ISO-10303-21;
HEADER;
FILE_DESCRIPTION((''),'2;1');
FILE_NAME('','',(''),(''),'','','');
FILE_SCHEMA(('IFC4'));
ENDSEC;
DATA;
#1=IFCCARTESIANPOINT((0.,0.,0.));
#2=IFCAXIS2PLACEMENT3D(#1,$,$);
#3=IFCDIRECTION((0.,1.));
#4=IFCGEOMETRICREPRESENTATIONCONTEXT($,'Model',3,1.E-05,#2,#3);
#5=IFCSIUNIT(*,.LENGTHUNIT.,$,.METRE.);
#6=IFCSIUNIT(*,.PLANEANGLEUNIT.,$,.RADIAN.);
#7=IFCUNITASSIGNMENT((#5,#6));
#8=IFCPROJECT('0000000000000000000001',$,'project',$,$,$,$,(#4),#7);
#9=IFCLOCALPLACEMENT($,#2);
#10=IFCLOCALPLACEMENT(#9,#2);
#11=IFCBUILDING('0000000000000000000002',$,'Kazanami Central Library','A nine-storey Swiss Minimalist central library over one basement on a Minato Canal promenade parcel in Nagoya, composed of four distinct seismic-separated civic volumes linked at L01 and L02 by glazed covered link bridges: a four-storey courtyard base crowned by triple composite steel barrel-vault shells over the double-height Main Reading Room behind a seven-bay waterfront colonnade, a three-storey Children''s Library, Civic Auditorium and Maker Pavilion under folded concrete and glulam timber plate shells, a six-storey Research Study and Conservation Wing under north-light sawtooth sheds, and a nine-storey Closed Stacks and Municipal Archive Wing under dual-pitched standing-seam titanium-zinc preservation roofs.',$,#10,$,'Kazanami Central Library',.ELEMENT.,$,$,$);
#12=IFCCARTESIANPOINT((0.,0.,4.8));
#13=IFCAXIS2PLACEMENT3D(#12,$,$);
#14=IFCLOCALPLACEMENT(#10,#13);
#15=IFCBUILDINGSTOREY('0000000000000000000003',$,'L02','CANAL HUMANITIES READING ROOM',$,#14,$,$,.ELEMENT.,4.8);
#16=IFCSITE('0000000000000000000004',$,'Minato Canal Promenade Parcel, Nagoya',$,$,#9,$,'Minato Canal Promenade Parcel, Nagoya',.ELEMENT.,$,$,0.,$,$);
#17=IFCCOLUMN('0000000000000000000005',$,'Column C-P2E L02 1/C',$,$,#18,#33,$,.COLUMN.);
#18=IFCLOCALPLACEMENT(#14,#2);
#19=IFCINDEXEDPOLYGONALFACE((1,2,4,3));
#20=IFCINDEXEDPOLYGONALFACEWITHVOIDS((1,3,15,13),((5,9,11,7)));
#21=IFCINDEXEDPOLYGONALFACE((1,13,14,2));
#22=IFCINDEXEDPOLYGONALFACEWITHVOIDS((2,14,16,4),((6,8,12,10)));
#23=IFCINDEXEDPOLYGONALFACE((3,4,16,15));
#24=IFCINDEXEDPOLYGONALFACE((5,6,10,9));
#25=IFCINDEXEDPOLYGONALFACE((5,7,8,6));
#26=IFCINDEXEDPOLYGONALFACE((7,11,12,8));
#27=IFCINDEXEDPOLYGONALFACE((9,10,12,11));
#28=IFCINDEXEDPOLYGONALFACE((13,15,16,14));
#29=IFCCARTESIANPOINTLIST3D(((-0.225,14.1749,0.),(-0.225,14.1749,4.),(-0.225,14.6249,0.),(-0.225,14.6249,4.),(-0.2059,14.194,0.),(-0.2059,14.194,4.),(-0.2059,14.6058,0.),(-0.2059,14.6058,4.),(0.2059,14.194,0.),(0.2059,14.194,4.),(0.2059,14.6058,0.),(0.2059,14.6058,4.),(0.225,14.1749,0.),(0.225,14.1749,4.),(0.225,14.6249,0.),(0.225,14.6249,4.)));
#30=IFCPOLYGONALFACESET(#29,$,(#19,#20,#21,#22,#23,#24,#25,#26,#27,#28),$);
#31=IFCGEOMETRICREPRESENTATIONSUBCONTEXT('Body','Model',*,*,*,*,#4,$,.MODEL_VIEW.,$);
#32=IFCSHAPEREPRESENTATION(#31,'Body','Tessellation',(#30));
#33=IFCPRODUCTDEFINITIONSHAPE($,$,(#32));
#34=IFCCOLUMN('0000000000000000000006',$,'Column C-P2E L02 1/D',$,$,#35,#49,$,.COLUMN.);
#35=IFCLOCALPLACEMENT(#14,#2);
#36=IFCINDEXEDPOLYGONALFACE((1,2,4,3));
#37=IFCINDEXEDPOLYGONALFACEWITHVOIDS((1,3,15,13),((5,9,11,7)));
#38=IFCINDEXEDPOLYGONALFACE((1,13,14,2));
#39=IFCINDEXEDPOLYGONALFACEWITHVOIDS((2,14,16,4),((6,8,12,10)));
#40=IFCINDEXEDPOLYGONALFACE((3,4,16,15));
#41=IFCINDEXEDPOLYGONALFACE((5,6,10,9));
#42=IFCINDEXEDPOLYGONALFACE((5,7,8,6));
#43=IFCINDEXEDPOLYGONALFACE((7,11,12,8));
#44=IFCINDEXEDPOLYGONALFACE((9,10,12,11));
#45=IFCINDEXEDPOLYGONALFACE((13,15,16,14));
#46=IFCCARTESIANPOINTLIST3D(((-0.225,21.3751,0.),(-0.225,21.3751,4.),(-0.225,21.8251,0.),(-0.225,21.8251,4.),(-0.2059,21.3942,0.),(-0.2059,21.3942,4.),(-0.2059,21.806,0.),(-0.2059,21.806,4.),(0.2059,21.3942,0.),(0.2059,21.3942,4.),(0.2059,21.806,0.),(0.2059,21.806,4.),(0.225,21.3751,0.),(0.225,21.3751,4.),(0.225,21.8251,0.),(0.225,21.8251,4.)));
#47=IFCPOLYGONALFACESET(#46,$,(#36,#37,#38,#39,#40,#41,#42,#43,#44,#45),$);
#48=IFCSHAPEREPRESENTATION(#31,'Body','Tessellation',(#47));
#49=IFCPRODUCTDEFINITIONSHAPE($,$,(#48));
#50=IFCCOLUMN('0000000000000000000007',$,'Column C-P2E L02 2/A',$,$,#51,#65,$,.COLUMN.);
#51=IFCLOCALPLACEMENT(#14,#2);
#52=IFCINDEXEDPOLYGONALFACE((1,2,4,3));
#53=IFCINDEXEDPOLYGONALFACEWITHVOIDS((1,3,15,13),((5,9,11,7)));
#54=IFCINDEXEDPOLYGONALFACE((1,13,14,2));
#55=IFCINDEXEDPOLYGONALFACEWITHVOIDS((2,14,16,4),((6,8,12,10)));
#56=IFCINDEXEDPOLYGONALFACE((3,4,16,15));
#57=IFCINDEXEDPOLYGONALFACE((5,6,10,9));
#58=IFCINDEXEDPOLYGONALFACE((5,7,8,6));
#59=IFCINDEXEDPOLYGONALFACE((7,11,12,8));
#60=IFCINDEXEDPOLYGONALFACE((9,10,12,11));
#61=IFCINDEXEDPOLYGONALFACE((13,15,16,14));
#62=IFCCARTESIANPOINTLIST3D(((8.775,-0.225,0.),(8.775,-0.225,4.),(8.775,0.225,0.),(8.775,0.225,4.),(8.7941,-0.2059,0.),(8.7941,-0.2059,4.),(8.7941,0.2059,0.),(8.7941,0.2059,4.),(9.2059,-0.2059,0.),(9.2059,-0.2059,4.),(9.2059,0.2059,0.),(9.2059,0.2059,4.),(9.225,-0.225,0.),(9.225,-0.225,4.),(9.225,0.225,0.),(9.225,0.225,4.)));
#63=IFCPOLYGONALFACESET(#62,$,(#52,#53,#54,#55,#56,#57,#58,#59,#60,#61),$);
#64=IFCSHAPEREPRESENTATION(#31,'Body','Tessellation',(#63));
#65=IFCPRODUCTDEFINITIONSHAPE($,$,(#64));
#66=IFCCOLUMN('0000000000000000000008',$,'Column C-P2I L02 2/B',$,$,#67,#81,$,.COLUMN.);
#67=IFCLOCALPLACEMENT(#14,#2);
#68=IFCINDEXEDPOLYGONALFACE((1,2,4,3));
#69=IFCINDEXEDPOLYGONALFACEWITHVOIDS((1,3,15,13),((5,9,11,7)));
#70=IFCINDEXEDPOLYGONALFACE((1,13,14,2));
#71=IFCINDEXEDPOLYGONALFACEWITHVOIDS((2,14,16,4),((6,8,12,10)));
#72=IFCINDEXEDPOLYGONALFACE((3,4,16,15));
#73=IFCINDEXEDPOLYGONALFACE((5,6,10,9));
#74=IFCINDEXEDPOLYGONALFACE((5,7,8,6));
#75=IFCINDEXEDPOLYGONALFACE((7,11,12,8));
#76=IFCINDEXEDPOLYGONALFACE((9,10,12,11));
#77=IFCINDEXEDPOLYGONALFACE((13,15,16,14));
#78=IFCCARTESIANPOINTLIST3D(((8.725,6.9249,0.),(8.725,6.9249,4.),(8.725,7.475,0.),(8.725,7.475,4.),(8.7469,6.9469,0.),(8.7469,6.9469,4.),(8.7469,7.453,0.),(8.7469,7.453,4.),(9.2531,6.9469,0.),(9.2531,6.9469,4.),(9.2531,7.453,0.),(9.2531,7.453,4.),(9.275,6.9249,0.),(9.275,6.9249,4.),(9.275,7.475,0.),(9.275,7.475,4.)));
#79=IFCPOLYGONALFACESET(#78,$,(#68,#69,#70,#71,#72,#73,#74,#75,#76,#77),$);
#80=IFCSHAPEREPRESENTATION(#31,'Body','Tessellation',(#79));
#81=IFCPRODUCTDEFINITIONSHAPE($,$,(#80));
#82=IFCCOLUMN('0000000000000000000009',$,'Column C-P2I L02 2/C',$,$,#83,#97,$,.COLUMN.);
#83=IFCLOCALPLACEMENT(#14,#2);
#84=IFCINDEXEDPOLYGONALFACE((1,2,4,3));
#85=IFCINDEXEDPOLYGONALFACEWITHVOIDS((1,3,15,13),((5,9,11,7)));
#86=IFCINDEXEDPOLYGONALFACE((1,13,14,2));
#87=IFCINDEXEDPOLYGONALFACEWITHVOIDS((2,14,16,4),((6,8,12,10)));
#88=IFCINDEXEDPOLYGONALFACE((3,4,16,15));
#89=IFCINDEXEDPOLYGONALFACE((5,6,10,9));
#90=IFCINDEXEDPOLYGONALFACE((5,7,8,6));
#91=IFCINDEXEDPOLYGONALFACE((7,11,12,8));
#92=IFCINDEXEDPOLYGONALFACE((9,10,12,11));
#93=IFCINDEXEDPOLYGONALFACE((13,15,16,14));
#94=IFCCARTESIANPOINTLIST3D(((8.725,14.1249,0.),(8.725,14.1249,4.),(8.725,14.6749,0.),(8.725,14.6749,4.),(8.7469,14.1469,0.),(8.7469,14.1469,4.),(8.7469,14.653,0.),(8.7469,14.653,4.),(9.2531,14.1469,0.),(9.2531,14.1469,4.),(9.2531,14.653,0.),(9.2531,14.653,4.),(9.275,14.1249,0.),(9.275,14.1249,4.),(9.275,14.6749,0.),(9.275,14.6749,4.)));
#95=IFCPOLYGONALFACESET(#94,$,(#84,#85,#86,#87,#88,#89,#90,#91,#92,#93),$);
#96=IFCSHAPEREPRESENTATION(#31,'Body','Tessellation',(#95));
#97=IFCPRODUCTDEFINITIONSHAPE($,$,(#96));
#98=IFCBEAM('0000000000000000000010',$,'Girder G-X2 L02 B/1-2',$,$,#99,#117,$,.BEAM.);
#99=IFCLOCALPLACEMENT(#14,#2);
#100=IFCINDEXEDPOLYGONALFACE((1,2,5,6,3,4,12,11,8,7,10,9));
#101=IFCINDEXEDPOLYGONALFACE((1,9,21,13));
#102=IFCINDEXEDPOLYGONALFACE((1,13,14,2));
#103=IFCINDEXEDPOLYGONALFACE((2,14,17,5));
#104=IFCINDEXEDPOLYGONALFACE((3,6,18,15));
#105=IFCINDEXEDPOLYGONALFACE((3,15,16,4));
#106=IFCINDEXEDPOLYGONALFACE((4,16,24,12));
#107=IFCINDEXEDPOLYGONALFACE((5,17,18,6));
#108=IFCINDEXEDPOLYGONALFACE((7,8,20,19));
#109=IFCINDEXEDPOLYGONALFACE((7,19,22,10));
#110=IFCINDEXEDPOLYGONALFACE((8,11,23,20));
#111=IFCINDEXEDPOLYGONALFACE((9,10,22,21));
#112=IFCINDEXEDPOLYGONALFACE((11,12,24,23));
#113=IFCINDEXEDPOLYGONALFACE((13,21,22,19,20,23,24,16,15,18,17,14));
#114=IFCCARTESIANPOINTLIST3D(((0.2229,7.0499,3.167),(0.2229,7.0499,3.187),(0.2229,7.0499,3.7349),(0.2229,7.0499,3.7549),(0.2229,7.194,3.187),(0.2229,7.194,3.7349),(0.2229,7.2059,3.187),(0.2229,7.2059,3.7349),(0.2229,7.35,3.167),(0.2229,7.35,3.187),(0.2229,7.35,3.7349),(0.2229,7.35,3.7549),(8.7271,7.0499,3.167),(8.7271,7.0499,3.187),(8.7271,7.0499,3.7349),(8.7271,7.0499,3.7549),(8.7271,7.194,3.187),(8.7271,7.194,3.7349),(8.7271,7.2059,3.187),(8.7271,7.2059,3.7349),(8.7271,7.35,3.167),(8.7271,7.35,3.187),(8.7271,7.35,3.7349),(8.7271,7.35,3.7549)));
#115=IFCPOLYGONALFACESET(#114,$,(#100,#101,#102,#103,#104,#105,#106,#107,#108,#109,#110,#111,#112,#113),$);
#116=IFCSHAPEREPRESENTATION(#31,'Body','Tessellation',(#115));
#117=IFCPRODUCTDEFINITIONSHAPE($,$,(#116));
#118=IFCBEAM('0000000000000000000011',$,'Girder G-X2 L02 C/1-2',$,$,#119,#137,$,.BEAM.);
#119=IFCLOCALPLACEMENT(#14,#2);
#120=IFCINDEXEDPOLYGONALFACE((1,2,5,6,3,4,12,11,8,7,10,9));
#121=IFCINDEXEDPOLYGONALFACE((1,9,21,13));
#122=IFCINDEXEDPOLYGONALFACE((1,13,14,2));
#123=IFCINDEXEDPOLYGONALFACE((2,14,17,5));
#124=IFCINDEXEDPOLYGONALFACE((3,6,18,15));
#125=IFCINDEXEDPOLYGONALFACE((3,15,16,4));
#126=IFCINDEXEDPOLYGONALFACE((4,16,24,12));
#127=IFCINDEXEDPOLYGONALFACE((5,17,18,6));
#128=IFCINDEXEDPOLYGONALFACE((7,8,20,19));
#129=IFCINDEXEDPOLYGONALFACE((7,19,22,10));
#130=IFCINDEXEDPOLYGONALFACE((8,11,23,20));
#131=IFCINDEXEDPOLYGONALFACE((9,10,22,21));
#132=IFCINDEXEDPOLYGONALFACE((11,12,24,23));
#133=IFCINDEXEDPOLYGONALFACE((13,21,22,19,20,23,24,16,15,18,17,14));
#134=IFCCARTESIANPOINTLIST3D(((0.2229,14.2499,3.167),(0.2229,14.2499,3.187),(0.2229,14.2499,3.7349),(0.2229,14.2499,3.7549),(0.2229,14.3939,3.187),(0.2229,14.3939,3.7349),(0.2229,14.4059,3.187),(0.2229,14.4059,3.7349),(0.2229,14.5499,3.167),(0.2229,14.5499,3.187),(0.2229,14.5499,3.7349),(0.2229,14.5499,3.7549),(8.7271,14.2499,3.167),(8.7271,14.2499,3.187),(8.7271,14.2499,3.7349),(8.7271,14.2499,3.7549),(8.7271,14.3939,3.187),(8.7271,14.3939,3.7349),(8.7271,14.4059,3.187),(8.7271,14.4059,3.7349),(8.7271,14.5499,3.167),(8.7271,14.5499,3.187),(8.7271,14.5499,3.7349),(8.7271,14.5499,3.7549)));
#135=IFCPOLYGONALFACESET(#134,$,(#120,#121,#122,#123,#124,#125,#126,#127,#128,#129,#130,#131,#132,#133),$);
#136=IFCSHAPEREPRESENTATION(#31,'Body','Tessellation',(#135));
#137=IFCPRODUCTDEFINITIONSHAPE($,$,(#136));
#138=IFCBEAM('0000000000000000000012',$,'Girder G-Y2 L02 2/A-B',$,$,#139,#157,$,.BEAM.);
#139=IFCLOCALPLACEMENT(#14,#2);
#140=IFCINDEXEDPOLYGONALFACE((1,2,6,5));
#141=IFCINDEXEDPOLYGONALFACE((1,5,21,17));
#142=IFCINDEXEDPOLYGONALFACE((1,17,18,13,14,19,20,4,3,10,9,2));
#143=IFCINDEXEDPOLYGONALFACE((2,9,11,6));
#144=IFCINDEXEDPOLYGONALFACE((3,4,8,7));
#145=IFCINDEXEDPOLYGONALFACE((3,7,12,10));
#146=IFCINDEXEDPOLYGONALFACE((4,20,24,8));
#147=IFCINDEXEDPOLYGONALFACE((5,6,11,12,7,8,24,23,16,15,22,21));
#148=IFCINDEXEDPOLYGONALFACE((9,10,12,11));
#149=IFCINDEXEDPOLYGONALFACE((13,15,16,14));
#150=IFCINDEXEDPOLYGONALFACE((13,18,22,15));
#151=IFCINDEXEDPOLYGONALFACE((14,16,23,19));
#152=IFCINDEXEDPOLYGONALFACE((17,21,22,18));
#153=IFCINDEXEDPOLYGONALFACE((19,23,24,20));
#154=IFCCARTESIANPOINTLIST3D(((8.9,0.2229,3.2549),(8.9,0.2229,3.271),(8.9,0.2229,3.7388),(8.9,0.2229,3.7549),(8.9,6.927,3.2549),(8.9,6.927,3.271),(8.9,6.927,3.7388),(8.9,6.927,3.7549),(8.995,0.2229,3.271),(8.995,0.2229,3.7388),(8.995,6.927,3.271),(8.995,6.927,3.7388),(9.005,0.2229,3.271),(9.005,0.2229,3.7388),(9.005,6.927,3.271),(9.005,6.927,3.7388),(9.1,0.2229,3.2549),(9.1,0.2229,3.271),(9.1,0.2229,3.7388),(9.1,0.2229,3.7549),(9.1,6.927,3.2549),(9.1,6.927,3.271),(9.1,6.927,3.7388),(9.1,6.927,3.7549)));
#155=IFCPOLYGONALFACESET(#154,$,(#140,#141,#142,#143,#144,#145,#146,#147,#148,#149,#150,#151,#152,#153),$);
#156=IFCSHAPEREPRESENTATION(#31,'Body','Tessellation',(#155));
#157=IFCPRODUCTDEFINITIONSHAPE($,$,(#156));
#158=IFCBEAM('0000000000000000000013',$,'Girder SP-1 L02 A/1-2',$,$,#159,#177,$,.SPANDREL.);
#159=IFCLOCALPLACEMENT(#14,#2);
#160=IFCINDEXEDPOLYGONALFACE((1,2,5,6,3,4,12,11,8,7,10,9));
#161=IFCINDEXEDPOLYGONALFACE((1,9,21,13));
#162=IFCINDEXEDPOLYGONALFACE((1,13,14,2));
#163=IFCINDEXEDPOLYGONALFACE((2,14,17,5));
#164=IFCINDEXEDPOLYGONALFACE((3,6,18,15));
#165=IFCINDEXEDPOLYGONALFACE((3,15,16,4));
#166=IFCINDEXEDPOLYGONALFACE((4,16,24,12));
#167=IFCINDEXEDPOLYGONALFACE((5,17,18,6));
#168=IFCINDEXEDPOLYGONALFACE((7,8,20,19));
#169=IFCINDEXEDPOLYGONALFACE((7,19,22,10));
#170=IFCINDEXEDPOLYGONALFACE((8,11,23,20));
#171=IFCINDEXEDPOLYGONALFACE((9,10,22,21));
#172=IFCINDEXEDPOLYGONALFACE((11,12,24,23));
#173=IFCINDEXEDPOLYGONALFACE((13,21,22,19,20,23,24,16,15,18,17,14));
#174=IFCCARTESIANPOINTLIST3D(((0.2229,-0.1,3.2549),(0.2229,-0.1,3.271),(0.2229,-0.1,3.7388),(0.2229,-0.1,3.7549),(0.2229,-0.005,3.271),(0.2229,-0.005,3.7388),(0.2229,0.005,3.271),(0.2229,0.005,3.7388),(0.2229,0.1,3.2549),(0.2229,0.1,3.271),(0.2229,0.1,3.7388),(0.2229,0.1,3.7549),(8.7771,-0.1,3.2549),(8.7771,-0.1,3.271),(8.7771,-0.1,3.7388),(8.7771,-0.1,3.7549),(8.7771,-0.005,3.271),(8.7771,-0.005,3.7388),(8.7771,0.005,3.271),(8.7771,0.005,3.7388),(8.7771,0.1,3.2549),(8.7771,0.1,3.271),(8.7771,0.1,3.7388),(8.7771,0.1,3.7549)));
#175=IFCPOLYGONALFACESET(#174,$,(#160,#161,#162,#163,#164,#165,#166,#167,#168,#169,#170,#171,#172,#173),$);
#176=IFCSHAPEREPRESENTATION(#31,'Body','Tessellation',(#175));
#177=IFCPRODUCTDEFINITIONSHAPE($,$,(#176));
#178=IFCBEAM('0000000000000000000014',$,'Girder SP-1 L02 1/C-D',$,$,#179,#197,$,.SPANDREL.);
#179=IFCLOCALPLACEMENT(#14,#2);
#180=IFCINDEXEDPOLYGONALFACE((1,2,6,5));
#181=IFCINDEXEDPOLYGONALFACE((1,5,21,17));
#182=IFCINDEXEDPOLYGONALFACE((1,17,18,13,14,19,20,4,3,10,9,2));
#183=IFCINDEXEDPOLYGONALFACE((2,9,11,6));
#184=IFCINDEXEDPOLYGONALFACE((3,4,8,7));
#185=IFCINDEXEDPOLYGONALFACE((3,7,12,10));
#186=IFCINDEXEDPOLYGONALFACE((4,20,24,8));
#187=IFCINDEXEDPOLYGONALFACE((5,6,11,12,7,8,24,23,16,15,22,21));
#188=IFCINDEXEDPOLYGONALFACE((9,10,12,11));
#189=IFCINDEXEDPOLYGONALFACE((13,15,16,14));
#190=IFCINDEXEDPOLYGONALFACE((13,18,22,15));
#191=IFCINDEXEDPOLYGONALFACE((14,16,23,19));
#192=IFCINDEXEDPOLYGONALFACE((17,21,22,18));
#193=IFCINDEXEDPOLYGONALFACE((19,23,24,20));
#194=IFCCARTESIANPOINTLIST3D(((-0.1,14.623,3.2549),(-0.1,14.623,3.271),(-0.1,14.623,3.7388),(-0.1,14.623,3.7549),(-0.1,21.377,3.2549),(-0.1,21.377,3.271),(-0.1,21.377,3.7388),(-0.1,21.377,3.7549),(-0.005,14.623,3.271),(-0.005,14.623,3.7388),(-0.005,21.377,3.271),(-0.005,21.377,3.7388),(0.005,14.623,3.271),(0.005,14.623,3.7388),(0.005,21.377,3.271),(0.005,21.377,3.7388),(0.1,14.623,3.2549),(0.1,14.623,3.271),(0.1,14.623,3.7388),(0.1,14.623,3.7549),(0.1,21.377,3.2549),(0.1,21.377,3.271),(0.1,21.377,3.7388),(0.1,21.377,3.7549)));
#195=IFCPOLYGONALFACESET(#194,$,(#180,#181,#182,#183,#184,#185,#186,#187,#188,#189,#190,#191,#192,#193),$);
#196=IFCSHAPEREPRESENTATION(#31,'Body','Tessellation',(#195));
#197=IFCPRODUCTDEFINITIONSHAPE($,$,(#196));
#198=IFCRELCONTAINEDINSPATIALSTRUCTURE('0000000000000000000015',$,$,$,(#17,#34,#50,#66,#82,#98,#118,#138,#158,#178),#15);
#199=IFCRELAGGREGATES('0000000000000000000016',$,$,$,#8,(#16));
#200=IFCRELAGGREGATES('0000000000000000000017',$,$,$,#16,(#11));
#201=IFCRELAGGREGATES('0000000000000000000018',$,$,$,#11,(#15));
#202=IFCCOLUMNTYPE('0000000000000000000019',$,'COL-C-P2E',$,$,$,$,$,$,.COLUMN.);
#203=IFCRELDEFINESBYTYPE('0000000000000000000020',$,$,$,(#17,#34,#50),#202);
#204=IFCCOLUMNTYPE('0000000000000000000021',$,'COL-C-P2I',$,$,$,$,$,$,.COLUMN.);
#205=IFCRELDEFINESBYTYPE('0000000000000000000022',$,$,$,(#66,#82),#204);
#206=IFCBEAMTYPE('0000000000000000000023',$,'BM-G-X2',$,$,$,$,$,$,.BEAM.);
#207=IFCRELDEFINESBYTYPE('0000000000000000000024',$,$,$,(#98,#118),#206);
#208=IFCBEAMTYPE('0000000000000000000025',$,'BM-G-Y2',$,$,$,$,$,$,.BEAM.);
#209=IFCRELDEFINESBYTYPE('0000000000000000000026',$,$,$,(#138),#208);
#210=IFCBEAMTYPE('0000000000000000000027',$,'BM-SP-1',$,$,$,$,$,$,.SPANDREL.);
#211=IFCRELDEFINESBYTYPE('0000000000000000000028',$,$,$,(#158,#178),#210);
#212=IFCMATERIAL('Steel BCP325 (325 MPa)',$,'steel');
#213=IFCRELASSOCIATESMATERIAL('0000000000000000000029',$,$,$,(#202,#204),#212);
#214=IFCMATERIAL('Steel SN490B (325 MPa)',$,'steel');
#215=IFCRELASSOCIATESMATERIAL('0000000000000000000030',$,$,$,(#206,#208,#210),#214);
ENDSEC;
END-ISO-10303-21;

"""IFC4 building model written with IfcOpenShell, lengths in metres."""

from ifc_helpers import new_model, si_unit, direction, frame, origin, origin_2d, place, context, subcontext, project, spatial, hollow_rectangle, i_section, extrude, material, material_profile, profile_set, type_object, element, save


model = new_model("IFC4")

# Units and contexts
model_context = context("Model", 3, precision=1e-05, world=origin(), true_north=direction((0.0, 1.0)))
body_context = subcontext(model_context, "Body", "Model", "MODEL_VIEW")
ifc_project = project(units=[si_unit("LENGTHUNIT", "METRE"), si_unit("PLANEANGLEUNIT", "RADIAN")], contexts=[model_context])

# Site, building, storey
site_placement = place(None, origin())
site = spatial("IfcSite", under=ifc_project, at=site_placement, Name="Minato Canal Promenade Parcel, Nagoya", LongName="Minato Canal Promenade Parcel, Nagoya", CompositionType="ELEMENT", RefElevation=0.0)
building_placement = place(site_placement, origin())
building = spatial("IfcBuilding", under=site, at=building_placement, Name="Kazanami Central Library", Description="A nine-storey Swiss Minimalist central library over one basement on a Minato Canal promenade parcel in Nagoya, composed of four distinct seismic-separated civic volumes linked at L01 and L02 by glazed covered link bridges: a four-storey courtyard base crowned by triple composite steel barrel-vault shells over the double-height Main Reading Room behind a seven-bay waterfront colonnade, a three-storey Children's Library, Civic Auditorium and Maker Pavilion under folded concrete and glulam timber plate shells, a six-storey Research Study and Conservation Wing under north-light sawtooth sheds, and a nine-storey Closed Stacks and Municipal Archive Wing under dual-pitched standing-seam titanium-zinc preservation roofs.", LongName="Kazanami Central Library", CompositionType="ELEMENT")
storey_placement = place(building_placement, frame((0.0, 0.0, 4.8)))
storey = spatial("IfcBuildingStorey", under=building, at=storey_placement, Name="L02", Description="CANAL HUMANITIES READING ROOM", CompositionType="ELEMENT", Elevation=4.8)

# Columns
ifc_material_1 = material(Name="Steel BCP325 (325 MPa)", Category="steel")
ifc_material_profile_1 = material_profile(ifc_material_1, hollow_rectangle(XDim=0.45, YDim=0.45, WallThickness=0.019, at=origin_2d()), Name="BCP-450x450x19")
ifc_profile_set_1 = profile_set([ifc_material_profile_1], Name="Steel BCP325 (325 MPa)")
column_type_1 = type_object("IfcColumnType", Name="COL-C-P2E", PredefinedType="COLUMN", material=ifc_profile_set_1)
for number, where, z_axis, x_axis, name in (
    (1, (0.0, 14.3999, 0.0), (0.0, 0.0, 1.0), (1.0, 0.0, 0.0), "Column C-P2E L02 1/C"),
    (2, (0.0, 21.6001, 0.0), (0.0, 0.0, 1.0), (1.0, 0.0, 0.0), "Column C-P2E L02 1/D"),
    (3, (9.0, 0.0, 0.0), (0.0, 0.0, 1.0), (1.0, 0.0, 0.0), "Column C-P2E L02 2/A"),
):
    element("IfcColumn", number, at=place(storey_placement, frame(where, z_axis=z_axis, x_axis=x_axis)), inside=storey, type_object=column_type_1, Name=name, PredefinedType="COLUMN", context=body_context, shape_type="SweptSolid", body=[
        extrude(hollow_rectangle(XDim=0.45, YDim=0.45, WallThickness=0.019, at=origin_2d()), origin(), (0.0, 0.0, 1.0), 4.0),
    ])
ifc_material_profile_2 = material_profile(ifc_material_1, hollow_rectangle(XDim=0.55, YDim=0.55, WallThickness=0.022, at=origin_2d()), Name="BCP-550x550x22")
ifc_profile_set_2 = profile_set([ifc_material_profile_2], Name="Steel BCP325 (325 MPa)")
column_type_2 = type_object("IfcColumnType", Name="COL-C-P2I", PredefinedType="COLUMN", material=ifc_profile_set_2)
for number, where, z_axis, x_axis, name in (
    (4, (9.0, 7.2, 0.0), (0.0, 0.0, 1.0), (1.0, 0.0, 0.0), "Column C-P2I L02 2/B"),
    (5, (9.0, 14.3999, 0.0), (0.0, 0.0, 1.0), (1.0, 0.0, 0.0), "Column C-P2I L02 2/C"),
):
    element("IfcColumn", number, at=place(storey_placement, frame(where, z_axis=z_axis, x_axis=x_axis)), inside=storey, type_object=column_type_2, Name=name, PredefinedType="COLUMN", context=body_context, shape_type="SweptSolid", body=[
        extrude(hollow_rectangle(XDim=0.55, YDim=0.55, WallThickness=0.022, at=origin_2d()), origin(), (0.0, 0.0, 1.0), 4.0),
    ])

# Beams
ifc_material_2 = material(Name="Steel SN490B (325 MPa)", Category="steel")
ifc_material_profile_3 = material_profile(ifc_material_2, i_section(OverallWidth=0.3, OverallDepth=0.5879, WebThickness=0.012, FlangeThickness=0.02, at=origin_2d()), Name="H-588x300x12x20")
ifc_profile_set_3 = profile_set([ifc_material_profile_3], Name="Steel SN490B (325 MPa)")
beam_type_1 = type_object("IfcBeamType", Name="BM-G-X2", PredefinedType="BEAM", material=ifc_profile_set_3)
for number, where, z_axis, x_axis, name in (
    (6, (0.2229, 7.2, 3.4609), (1.0, 0.0, 0.0), (0.0, 1.0, 0.0), "Girder G-X2 L02 B/1-2"),
    (7, (0.2229, 14.3999, 3.4609), (1.0, 0.0, 0.0), (0.0, 1.0, 0.0), "Girder G-X2 L02 C/1-2"),
):
    element("IfcBeam", number, at=place(storey_placement, frame(where, z_axis=z_axis, x_axis=x_axis)), inside=storey, type_object=beam_type_1, Name=name, PredefinedType="BEAM", context=body_context, shape_type="SweptSolid", body=[
        extrude(i_section(OverallWidth=0.3, OverallDepth=0.5879, WebThickness=0.012, FlangeThickness=0.02, at=origin_2d()), origin(), (0.0, 0.0, 1.0), 8.5042),
    ])
ifc_material_profile_4 = material_profile(ifc_material_2, i_section(OverallWidth=0.2, OverallDepth=0.5, WebThickness=0.01, FlangeThickness=0.0161, at=origin_2d()), Name="H-500x200x10x16")
ifc_profile_set_4 = profile_set([ifc_material_profile_4], Name="Steel SN490B (325 MPa)")
beam_type_2 = type_object("IfcBeamType", Name="BM-G-Y2", PredefinedType="BEAM", material=ifc_profile_set_4)
beam_1_placement = place(storey_placement, frame((9.0, 0.2229, 3.5049), z_axis=(0.0, 1.0, 0.0), x_axis=(-1.0, 0.0, 0.0)))
element("IfcBeam", 8, at=beam_1_placement, inside=storey, type_object=beam_type_2, Name="Girder G-Y2 L02 2/A-B", PredefinedType="BEAM", context=body_context, shape_type="SweptSolid", body=[
    extrude(i_section(OverallWidth=0.2, OverallDepth=0.5, WebThickness=0.01, FlangeThickness=0.0161, at=origin_2d()), origin(), (0.0, 0.0, 1.0), 6.7041),
])
ifc_material_profile_5 = material_profile(ifc_material_2, i_section(OverallWidth=0.2, OverallDepth=0.5, WebThickness=0.01, FlangeThickness=0.0161, at=origin_2d()), Name="H-500x200x10x16")
ifc_profile_set_5 = profile_set([ifc_material_profile_5], Name="Steel SN490B (325 MPa)")
beam_type_3 = type_object("IfcBeamType", Name="BM-SP-1", PredefinedType="SPANDREL", material=ifc_profile_set_5)
beam_2_placement = place(storey_placement, frame((0.2229, 0.0, 3.5049), z_axis=(1.0, 0.0, 0.0), x_axis=(0.0, 1.0, 0.0)))
element("IfcBeam", 9, at=beam_2_placement, inside=storey, type_object=beam_type_3, Name="Girder SP-1 L02 A/1-2", PredefinedType="SPANDREL", context=body_context, shape_type="SweptSolid", body=[
    extrude(i_section(OverallWidth=0.2, OverallDepth=0.5, WebThickness=0.01, FlangeThickness=0.0161, at=origin_2d()), origin(), (0.0, 0.0, 1.0), 8.5542),
])
beam_3_placement = place(storey_placement, frame((0.0, 14.623, 3.5049), z_axis=(0.0, 1.0, 0.0), x_axis=(-1.0, 0.0, 0.0)))
element("IfcBeam", 10, at=beam_3_placement, inside=storey, type_object=beam_type_3, Name="Girder SP-1 L02 1/C-D", PredefinedType="SPANDREL", context=body_context, shape_type="SweptSolid", body=[
    extrude(i_section(OverallWidth=0.2, OverallDepth=0.5, WebThickness=0.01, FlangeThickness=0.0161, at=origin_2d()), origin(), (0.0, 0.0, 1.0), 6.7539),
])

save(model, "model.ifc")
